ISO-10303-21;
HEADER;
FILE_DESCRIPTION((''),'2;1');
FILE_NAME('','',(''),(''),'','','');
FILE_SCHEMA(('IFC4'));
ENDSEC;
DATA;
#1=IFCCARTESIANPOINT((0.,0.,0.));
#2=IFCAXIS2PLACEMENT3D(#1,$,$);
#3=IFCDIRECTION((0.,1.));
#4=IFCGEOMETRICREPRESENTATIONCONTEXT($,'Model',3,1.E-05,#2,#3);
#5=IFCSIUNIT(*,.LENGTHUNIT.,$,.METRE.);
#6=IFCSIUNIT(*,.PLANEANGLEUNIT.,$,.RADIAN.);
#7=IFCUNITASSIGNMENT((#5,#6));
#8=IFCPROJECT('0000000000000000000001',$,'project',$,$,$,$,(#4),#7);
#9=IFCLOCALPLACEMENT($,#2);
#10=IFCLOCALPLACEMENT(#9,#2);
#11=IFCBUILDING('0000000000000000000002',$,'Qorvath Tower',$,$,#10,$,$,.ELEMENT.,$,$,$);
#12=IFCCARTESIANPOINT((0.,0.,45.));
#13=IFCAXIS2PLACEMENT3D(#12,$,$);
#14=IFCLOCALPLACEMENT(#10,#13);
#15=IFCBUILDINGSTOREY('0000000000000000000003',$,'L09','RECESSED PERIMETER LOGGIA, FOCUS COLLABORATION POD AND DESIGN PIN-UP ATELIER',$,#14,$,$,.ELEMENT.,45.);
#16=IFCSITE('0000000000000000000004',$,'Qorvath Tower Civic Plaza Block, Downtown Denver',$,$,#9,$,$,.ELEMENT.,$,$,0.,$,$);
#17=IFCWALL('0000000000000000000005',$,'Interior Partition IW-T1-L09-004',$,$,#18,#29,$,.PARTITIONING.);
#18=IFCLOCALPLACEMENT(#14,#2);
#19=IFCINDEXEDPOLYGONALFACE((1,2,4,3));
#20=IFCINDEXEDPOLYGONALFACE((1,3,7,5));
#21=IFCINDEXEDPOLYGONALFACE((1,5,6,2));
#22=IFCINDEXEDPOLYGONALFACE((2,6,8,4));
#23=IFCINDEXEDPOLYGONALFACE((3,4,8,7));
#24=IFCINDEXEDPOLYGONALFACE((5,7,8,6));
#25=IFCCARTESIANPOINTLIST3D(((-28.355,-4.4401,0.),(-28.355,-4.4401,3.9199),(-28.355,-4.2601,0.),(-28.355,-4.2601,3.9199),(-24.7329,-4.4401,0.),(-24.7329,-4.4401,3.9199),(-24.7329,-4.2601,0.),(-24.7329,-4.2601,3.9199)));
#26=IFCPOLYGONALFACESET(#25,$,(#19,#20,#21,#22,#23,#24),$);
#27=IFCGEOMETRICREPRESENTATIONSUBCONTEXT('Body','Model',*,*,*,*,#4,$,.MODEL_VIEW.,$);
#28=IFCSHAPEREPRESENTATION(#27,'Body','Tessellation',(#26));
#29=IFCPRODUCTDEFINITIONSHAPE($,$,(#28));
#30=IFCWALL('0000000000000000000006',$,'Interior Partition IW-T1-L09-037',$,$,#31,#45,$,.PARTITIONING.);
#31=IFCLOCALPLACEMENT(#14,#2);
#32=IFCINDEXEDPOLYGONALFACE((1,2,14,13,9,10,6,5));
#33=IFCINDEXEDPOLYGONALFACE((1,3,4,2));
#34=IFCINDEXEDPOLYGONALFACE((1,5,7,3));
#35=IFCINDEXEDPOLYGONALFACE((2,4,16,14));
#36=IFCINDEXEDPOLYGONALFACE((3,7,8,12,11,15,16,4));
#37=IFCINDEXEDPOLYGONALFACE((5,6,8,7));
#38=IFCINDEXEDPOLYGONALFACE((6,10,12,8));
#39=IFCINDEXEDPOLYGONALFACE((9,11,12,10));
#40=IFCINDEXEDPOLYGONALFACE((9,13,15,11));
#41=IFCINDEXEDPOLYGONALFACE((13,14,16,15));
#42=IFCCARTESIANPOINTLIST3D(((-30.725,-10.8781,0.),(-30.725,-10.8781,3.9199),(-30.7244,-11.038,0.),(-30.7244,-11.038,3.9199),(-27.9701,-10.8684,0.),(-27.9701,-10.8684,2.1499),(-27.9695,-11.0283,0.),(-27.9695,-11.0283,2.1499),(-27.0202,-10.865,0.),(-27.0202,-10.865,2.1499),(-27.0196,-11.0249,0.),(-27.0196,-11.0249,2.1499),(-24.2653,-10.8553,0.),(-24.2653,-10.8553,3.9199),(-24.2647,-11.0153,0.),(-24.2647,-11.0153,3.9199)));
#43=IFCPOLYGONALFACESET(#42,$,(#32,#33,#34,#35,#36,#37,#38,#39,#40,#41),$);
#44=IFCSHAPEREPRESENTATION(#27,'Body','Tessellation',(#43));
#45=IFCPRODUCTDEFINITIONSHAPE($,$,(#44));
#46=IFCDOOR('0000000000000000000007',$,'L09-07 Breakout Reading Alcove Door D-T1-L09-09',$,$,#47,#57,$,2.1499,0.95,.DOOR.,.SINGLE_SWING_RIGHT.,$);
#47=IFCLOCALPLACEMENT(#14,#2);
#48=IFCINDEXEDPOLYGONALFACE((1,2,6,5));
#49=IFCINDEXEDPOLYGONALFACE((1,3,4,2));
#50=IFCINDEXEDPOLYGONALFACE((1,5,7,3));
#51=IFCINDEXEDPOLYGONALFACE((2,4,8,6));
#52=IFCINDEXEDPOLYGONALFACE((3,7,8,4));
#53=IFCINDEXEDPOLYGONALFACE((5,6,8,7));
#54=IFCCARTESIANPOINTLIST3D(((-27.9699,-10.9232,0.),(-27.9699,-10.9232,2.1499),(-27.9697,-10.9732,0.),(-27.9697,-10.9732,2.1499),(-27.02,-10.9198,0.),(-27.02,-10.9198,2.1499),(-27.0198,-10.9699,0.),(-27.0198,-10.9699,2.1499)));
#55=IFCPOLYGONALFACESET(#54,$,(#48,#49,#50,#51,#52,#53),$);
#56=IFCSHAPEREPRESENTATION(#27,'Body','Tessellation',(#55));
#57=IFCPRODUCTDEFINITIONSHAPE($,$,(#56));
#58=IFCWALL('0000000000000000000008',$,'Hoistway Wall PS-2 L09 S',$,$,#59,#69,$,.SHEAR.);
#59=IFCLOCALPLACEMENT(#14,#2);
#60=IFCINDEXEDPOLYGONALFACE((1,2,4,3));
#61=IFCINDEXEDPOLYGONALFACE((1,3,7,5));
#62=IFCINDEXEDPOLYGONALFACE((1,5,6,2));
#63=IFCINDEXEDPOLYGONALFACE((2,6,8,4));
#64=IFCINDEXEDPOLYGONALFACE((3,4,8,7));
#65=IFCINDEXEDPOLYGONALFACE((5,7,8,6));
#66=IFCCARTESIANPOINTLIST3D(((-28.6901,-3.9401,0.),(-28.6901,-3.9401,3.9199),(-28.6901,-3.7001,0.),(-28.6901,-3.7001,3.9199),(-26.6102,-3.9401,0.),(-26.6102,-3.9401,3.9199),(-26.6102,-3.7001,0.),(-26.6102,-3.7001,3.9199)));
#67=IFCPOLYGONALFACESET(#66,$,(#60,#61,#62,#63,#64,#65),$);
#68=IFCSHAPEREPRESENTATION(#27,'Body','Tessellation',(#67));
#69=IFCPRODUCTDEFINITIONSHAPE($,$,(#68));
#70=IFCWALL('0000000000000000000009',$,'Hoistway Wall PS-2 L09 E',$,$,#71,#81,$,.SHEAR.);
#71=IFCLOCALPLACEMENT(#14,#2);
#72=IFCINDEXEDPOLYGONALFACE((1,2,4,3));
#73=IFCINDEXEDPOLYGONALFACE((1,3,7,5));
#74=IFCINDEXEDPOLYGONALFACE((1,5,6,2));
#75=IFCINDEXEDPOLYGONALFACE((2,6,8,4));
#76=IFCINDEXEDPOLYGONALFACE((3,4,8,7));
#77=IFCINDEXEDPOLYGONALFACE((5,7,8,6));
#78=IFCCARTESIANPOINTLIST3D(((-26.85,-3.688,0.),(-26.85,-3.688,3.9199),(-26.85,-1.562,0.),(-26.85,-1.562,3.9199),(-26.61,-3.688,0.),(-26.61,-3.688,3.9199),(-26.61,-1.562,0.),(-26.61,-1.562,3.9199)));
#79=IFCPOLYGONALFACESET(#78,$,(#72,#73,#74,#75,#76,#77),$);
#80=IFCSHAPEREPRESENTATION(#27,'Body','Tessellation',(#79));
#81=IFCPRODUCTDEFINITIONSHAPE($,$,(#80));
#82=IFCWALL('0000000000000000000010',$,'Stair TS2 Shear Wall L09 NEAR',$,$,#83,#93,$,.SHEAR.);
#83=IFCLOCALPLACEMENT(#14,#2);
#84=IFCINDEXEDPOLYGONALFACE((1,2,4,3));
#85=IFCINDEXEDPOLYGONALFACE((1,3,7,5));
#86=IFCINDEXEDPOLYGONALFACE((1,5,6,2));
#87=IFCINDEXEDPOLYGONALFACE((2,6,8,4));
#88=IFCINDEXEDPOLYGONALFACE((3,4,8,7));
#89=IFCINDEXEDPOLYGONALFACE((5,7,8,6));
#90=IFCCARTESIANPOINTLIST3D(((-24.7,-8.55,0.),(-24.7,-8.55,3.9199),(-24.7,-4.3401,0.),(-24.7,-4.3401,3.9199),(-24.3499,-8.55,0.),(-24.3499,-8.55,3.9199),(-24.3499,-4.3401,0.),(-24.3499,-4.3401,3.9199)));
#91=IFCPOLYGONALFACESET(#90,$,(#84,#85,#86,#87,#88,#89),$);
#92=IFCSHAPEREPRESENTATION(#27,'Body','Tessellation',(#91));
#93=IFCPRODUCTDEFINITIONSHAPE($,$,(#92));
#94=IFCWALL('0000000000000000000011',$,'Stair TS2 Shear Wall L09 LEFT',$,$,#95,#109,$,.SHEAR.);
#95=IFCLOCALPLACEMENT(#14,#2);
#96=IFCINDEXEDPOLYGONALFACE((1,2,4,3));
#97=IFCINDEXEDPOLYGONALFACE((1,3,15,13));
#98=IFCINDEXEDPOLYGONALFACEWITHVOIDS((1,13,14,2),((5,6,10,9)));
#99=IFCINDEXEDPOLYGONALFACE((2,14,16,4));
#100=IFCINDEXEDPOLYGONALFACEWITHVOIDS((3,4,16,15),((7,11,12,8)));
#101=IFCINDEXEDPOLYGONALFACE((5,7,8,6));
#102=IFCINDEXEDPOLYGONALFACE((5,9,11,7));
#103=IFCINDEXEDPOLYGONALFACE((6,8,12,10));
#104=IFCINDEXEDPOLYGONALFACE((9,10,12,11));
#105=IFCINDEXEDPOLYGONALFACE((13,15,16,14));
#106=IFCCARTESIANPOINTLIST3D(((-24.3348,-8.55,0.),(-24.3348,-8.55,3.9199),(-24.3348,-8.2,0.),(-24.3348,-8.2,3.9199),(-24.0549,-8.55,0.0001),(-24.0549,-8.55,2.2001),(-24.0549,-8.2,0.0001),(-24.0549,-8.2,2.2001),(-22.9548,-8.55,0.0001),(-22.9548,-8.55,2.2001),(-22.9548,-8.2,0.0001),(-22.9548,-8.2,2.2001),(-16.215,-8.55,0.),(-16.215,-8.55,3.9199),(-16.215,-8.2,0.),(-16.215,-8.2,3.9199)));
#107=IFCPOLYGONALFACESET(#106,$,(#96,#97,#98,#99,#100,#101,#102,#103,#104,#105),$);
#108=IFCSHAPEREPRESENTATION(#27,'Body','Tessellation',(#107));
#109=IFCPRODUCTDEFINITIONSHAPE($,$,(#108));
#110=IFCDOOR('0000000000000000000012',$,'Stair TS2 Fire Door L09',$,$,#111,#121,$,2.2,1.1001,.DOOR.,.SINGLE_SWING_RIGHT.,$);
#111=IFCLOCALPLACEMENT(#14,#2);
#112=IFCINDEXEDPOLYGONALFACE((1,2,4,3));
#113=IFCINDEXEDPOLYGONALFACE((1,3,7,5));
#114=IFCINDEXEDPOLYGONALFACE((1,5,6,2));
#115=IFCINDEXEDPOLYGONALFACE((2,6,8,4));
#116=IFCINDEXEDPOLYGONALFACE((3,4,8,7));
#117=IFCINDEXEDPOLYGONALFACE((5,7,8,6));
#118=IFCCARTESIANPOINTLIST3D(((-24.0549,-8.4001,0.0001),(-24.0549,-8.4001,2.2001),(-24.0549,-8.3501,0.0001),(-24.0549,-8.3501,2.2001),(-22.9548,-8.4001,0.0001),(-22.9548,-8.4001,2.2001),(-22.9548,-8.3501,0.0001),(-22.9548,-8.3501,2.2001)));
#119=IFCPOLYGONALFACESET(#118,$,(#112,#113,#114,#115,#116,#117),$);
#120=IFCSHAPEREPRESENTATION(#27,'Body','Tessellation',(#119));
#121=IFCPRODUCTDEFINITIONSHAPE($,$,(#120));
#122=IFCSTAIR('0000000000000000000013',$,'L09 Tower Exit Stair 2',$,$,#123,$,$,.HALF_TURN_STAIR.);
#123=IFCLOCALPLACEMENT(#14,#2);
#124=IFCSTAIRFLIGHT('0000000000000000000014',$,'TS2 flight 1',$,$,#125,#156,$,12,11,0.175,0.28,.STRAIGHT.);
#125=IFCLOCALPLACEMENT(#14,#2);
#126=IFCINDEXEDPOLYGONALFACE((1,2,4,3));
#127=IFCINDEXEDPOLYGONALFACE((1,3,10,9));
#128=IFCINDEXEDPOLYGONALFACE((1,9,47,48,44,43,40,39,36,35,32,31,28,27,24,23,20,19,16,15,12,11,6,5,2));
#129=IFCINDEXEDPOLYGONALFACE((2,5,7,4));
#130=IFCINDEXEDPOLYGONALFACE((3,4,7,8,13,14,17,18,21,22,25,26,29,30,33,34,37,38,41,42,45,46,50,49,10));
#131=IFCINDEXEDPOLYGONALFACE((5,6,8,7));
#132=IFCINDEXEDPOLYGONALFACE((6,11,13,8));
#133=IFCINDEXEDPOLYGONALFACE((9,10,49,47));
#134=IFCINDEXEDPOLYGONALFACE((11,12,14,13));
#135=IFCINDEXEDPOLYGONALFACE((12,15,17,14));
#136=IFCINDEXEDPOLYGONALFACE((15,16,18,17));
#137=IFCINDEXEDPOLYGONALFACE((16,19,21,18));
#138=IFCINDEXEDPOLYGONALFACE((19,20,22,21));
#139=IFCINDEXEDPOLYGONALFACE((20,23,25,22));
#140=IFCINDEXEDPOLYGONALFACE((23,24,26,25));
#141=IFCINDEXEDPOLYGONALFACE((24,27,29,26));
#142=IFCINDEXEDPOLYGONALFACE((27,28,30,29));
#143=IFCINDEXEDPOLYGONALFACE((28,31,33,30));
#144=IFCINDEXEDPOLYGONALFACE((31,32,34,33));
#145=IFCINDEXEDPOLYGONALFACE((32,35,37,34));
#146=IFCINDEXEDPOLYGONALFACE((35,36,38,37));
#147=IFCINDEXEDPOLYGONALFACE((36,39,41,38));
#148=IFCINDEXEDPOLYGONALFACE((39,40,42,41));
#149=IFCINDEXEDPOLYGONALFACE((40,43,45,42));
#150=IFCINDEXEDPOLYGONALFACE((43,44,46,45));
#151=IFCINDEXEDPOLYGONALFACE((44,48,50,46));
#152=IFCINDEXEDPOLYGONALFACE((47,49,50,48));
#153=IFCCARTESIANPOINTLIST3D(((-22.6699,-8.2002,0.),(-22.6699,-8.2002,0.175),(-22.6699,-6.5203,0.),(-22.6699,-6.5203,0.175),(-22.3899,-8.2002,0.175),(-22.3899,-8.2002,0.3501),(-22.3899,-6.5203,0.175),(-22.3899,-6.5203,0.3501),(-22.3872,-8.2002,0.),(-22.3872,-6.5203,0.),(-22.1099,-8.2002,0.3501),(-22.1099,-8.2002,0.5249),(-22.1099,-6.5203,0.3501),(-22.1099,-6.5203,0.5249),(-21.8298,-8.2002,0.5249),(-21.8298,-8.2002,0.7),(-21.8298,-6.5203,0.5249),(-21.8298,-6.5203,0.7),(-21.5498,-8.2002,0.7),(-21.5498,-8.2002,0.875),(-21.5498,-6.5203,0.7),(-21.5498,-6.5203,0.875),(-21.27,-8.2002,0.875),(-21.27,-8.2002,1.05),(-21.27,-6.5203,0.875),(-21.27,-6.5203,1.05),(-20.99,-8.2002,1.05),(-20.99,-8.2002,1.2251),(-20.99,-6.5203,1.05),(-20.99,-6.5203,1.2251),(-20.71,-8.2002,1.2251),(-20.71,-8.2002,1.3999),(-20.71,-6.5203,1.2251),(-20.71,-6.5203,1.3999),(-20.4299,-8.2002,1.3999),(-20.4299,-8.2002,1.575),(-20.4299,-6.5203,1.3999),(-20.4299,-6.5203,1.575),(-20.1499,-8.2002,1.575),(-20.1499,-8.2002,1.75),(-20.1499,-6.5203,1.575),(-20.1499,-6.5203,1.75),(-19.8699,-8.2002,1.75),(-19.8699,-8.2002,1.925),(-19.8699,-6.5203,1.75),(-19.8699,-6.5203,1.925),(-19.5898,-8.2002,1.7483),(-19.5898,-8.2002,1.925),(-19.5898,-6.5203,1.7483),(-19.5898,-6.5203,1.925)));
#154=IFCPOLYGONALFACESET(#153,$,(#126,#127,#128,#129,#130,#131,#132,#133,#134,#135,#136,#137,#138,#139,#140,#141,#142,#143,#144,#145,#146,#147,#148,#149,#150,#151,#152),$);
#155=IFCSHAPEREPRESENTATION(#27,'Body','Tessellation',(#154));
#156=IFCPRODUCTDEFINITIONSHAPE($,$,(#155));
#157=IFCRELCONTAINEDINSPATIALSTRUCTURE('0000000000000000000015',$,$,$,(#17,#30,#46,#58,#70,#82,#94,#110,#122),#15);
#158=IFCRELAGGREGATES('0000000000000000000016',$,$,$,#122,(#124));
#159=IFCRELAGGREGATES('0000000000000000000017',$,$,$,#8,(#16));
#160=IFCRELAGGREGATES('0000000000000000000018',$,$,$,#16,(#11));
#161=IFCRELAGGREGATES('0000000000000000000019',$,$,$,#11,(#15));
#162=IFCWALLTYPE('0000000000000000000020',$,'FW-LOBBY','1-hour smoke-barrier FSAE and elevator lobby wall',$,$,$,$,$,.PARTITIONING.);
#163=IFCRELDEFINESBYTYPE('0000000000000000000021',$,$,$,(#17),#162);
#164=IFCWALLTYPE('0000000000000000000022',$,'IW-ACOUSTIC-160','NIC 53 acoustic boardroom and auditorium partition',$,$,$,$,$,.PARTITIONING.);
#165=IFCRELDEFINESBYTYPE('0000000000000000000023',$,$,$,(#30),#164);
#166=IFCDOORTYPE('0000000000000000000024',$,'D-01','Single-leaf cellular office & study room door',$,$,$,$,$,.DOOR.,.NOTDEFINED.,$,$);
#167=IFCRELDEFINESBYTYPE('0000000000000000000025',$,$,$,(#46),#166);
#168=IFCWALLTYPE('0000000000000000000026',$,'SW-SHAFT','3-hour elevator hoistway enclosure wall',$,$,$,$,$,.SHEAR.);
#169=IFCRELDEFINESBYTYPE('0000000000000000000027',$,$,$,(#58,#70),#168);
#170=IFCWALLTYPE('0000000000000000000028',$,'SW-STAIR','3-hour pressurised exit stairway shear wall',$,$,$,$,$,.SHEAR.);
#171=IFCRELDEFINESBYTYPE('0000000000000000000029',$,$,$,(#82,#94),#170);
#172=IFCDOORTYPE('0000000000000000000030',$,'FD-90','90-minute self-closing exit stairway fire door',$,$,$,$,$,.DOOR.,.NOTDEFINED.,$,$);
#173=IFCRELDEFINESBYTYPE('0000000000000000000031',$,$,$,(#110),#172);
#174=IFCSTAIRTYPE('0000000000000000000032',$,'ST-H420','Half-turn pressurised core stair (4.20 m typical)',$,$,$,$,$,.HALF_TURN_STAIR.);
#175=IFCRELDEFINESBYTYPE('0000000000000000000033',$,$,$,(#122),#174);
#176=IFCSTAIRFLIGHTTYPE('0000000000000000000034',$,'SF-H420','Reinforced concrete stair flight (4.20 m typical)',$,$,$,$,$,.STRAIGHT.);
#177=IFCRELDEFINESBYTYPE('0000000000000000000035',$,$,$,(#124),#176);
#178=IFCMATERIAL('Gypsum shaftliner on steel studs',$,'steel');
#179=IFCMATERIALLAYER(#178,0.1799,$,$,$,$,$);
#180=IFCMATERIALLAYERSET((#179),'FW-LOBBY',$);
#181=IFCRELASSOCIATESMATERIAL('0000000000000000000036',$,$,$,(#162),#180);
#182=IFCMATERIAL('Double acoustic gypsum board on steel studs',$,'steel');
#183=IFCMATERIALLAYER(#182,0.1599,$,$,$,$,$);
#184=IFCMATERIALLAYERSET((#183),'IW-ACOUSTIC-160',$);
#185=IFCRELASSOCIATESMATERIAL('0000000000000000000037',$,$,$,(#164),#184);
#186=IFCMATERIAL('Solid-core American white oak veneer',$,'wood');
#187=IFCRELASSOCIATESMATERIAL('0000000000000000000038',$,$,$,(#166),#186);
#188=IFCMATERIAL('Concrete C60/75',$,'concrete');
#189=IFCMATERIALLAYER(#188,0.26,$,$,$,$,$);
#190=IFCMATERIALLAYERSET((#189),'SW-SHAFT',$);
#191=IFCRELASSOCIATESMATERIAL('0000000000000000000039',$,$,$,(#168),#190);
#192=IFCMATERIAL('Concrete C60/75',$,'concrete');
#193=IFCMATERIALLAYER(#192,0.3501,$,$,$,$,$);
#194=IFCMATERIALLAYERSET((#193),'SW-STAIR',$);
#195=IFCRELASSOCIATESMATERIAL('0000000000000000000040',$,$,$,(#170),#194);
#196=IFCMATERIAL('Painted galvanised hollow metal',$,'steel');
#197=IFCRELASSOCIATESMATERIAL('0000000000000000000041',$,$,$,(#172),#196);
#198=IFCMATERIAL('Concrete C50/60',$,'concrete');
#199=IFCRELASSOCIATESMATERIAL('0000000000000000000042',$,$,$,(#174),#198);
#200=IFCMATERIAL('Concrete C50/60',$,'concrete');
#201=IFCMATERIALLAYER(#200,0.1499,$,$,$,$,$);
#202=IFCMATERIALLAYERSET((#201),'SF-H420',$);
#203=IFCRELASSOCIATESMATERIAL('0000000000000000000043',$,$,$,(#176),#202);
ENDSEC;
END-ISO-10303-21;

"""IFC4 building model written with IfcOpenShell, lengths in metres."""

from ifc_helpers import new_model, si_unit, direction, frame, frame_2d, origin, place, context, subcontext, project, spatial, polyline, rectangle, outline, extrude, material, layer, layer_set, type_object, element, fill, aggregate, save


model = new_model("IFC4")

# Units and contexts
model_context = context("Model", 3, precision=1e-05, world=origin(), true_north=direction((0.0, 1.0)))
body_context = subcontext(model_context, "Body", "Model", "MODEL_VIEW")
ifc_project = project(units=[si_unit("LENGTHUNIT", "METRE"), si_unit("PLANEANGLEUNIT", "RADIAN")], contexts=[model_context])

# Site, building, storey
site_placement = place(None, origin())
site = spatial("IfcSite", under=ifc_project, at=site_placement, Name="Qorvath Tower Civic Plaza Block, Downtown Denver", CompositionType="ELEMENT", RefElevation=0.0)
building_placement = place(site_placement, origin())
building = spatial("IfcBuilding", under=site, at=building_placement, Name="Qorvath Tower", CompositionType="ELEMENT")
storey_placement = place(building_placement, frame((0.0, 0.0, 45.0)))
storey = spatial("IfcBuildingStorey", under=building, at=storey_placement, Name="L09", Description="RECESSED PERIMETER LOGGIA, FOCUS COLLABORATION POD AND DESIGN PIN-UP ATELIER", CompositionType="ELEMENT", Elevation=45.0)

# Wall
ifc_material_1 = material(Name="Gypsum shaftliner on steel studs", Category="steel")
ifc_layer_1 = layer(ifc_material_1, 0.1799)
ifc_layer_set_1 = layer_set([ifc_layer_1], Name="FW-LOBBY")
wall_type_1 = type_object("IfcWallType", Name="FW-LOBBY", Description="1-hour smoke-barrier FSAE and elevator lobby wall", PredefinedType="PARTITIONING", material=ifc_layer_set_1)
wall_1_placement = place(storey_placement, frame((-24.7329, -4.3501, 0.0), z_axis=(0.0, 0.0, 1.0), x_axis=(-1.0, 0.0, 0.0)))
element("IfcWall", 1, at=wall_1_placement, inside=storey, type_object=wall_type_1, Name="Interior Partition IW-T1-L09-004", PredefinedType="PARTITIONING", context=body_context, shape_type="SweptSolid", body=[
    extrude(rectangle(XDim=3.6221, YDim=0.1799, at=frame_2d((1.811, 0.0))), origin(), (0.0, 0.0, 1.0), 3.9199),
])

# Wall, opening, door
ifc_material_2 = material(Name="Double acoustic gypsum board on steel studs", Category="steel")
ifc_layer_2 = layer(ifc_material_2, 0.1599)
ifc_layer_set_2 = layer_set([ifc_layer_2], Name="IW-ACOUSTIC-160")
wall_type_2 = type_object("IfcWallType", Name="IW-ACOUSTIC-160", Description="NIC 53 acoustic boardroom and auditorium partition", PredefinedType="PARTITIONING", material=ifc_layer_set_2)
wall_2_placement = place(storey_placement, frame((-24.2649, -10.9353, 0.0), z_axis=(0.0, 0.0, 1.0), x_axis=(-0.999994, -0.003515, 0.0)))
wall_2 = element("IfcWall", 2, at=wall_2_placement, inside=storey, type_object=wall_type_2, Name="Interior Partition IW-T1-L09-037", PredefinedType="PARTITIONING", context=body_context, shape_type="SweptSolid", body=[
    extrude(rectangle(XDim=6.4597, YDim=0.1599, at=frame_2d((3.23, 0.0))), origin(), (0.0, 0.0, 1.0), 3.9199),
])
opening_1_placement = place(wall_2_placement, frame((2.7549, 0.0, 0.0)))
opening_1 = element("IfcOpeningElement", 3, at=opening_1_placement, cuts=wall_2, PredefinedType="OPENING", context=body_context, shape_type="SweptSolid", body=[
    extrude(rectangle(XDim=0.95, YDim=2.1499, at=frame_2d((0.4751, 1.075))), frame((0.0, 0.0898, 0.0), z_axis=(0.0, -1.0, 0.0), x_axis=(1.0, 0.0, 0.0)), (0.0, 0.0, 1.0), 0.1799),
])
ifc_material_3 = material(Name="Solid-core American white oak veneer", Category="wood")
door_type_1 = type_object("IfcDoorType", Name="D-01", Description="Single-leaf cellular office & study room door", OperationType="NOTDEFINED", PredefinedType="DOOR", material=ifc_material_3)
door_1_placement = place(opening_1_placement, origin())
door_1 = element("IfcDoor", 4, at=door_1_placement, inside=storey, type_object=door_type_1, Name="L09-07 Breakout Reading Alcove Door D-T1-L09-09", OperationType="SINGLE_SWING_RIGHT", OverallHeight=2.1499, OverallWidth=0.95, PredefinedType="DOOR", context=body_context, shape_type="SweptSolid", body=[
    extrude(rectangle(XDim=0.95, YDim=2.1499, at=frame_2d((0.4751, 1.075))), frame((0.0, 0.0249, 0.0), z_axis=(0.0, -1.0, 0.0), x_axis=(1.0, 0.0, 0.0)), (0.0, 0.0, 1.0), 0.05),
])
fill(opening_1, door_1)

# Walls
ifc_material_4 = material(Name="Concrete C60/75", Category="concrete")
ifc_layer_3 = layer(ifc_material_4, 0.26)
ifc_layer_set_3 = layer_set([ifc_layer_3], Name="SW-SHAFT")
wall_type_3 = type_object("IfcWallType", Name="SW-SHAFT", Description="3-hour elevator hoistway enclosure wall", PredefinedType="SHEAR", material=ifc_layer_set_3)
wall_3_placement = place(storey_placement, frame((-26.6101, -3.8201, 0.0), z_axis=(0.0, 0.0, 1.0), x_axis=(-1.0, 0.0, 0.0)))
element("IfcWall", 5, at=wall_3_placement, inside=storey, type_object=wall_type_3, Name="Hoistway Wall PS-2 L09 S", PredefinedType="SHEAR", context=body_context, shape_type="SweptSolid", body=[
    extrude(rectangle(XDim=2.0798, YDim=0.24, at=frame_2d((1.04, 0.0))), origin(), (0.0, 0.0, 1.0), 3.9199),
])
wall_4_placement = place(storey_placement, frame((-26.73, -1.562, 0.0), z_axis=(0.0, 0.0, 1.0), x_axis=(0.0, -1.0, 0.0)))
element("IfcWall", 6, at=wall_4_placement, inside=storey, type_object=wall_type_3, Name="Hoistway Wall PS-2 L09 E", PredefinedType="SHEAR", context=body_context, shape_type="SweptSolid", body=[
    extrude(rectangle(XDim=2.126, YDim=0.24, at=frame_2d((1.063, 0.0))), origin(), (0.0, 0.0, 1.0), 3.9199),
])
ifc_material_5 = material(Name="Concrete C60/75", Category="concrete")
ifc_layer_4 = layer(ifc_material_5, 0.3501)
ifc_layer_set_4 = layer_set([ifc_layer_4], Name="SW-STAIR")
wall_type_4 = type_object("IfcWallType", Name="SW-STAIR", Description="3-hour pressurised exit stairway shear wall", PredefinedType="SHEAR", material=ifc_layer_set_4)
wall_5_placement = place(storey_placement, frame((-24.5249, -4.3401, 0.0), z_axis=(0.0, 0.0, 1.0), x_axis=(0.0, -1.0, 0.0)))
element("IfcWall", 7, at=wall_5_placement, inside=storey, type_object=wall_type_4, Name="Stair TS2 Shear Wall L09 NEAR", PredefinedType="SHEAR", context=body_context, shape_type="SweptSolid", body=[
    extrude(rectangle(XDim=4.21, YDim=0.3501, at=frame_2d((2.105, 0.0))), origin(), (0.0, 0.0, 1.0), 3.9199),
])

# Wall, opening, door
wall_6_placement = place(storey_placement, frame((-24.335, -8.375, 0.0), z_axis=(0.0, 0.0, 1.0), x_axis=(1.0, 0.0, 0.0)))
wall_6 = element("IfcWall", 8, at=wall_6_placement, inside=storey, type_object=wall_type_4, Name="Stair TS2 Shear Wall L09 LEFT", PredefinedType="SHEAR", context=body_context, shape_type="SweptSolid", body=[
    extrude(rectangle(XDim=8.1199, YDim=0.3501, at=frame_2d((4.0601, 0.0))), origin(), (0.0, 0.0, 1.0), 3.9199),
])
opening_2_placement = place(wall_6_placement, frame((0.28, 0.0, 0.0)))
opening_2 = element("IfcOpeningElement", 9, at=opening_2_placement, cuts=wall_6, PredefinedType="OPENING", context=body_context, shape_type="SweptSolid", body=[
    extrude(rectangle(XDim=1.1001, YDim=2.2, at=frame_2d((0.55, 1.1001))), frame((0.0, 0.1851, 0.0), z_axis=(0.0, -1.0, 0.0), x_axis=(1.0, 0.0, 0.0)), (0.0, 0.0, 1.0), 0.3701),
])
ifc_material_6 = material(Name="Painted galvanised hollow metal", Category="steel")
door_type_2 = type_object("IfcDoorType", Name="FD-90", Description="90-minute self-closing exit stairway fire door", OperationType="NOTDEFINED", PredefinedType="DOOR", material=ifc_material_6)
door_2_placement = place(opening_2_placement, origin())
door_2 = element("IfcDoor", 10, at=door_2_placement, inside=storey, type_object=door_type_2, Name="Stair TS2 Fire Door L09", OperationType="SINGLE_SWING_RIGHT", OverallHeight=2.2, OverallWidth=1.1001, PredefinedType="DOOR", context=body_context, shape_type="SweptSolid", body=[
    extrude(rectangle(XDim=1.1001, YDim=2.2, at=frame_2d((0.55, 1.1001))), frame((0.0, 0.0249, 0.0), z_axis=(0.0, -1.0, 0.0), x_axis=(1.0, 0.0, 0.0)), (0.0, 0.0, 1.0), 0.05),
])
fill(opening_2, door_2)

# Stair, stair flight
ifc_material_7 = material(Name="Concrete C50/60", Category="concrete")
stair_type = type_object("IfcStairType", Name="ST-H420", Description="Half-turn pressurised core stair (4.20 m typical)", PredefinedType="HALF_TURN_STAIR", material=ifc_material_7)
stair_placement = place(storey_placement, origin())
stair = element("IfcStair", 11, at=stair_placement, inside=storey, type_object=stair_type, Name="L09 Tower Exit Stair 2", PredefinedType="HALF_TURN_STAIR")
ifc_material_8 = material(Name="Concrete C50/60", Category="concrete")
ifc_layer_5 = layer(ifc_material_8, 0.1499)
ifc_layer_set_5 = layer_set([ifc_layer_5], Name="SF-H420")
stair_flight_type = type_object("IfcStairFlightType", Name="SF-H420", Description="Reinforced concrete stair flight (4.20 m typical)", PredefinedType="STRAIGHT", material=ifc_layer_set_5)
stair_flight_1_placement = place(storey_placement, frame((-22.6699, -7.3601, 0.0), z_axis=(0.0, 0.0, 1.0), x_axis=(1.0, 0.0, 0.0)))
stair_flight_1 = element("IfcStairFlight", 12, at=stair_flight_1_placement, type_object=stair_flight_type, Name="TS2 flight 1", NumberOfRisers=12, NumberOfTreads=11, PredefinedType="STRAIGHT", RiserHeight=0.175, TreadLength=0.28, context=body_context, shape_type="SweptSolid", body=[
    extrude(outline(polyline([(0.0, 0.0), (0.0, 0.175), (0.28, 0.175), (0.28, 0.3501), (0.5601, 0.3501), (0.5601, 0.5249), (0.8401, 0.5249), (0.8401, 0.7), (1.1201, 0.7), (1.1201, 0.875), (1.3999, 0.875), (1.3999, 1.05), (1.6799, 1.05), (1.6799, 1.2251), (1.96, 1.2251), (1.96, 1.3999), (2.24, 1.3999), (2.24, 1.575), (2.52, 1.575), (2.52, 1.75), (2.8, 1.75), (2.8, 1.925), (3.0801, 1.925), (3.0801, 2.1001), (3.0801, 1.7483), (0.2827, 0.0), (0.0, 0.0)])), frame((0.0, 0.8398, 0.0), z_axis=(0.0, -1.0, 0.0), x_axis=(1.0, 0.0, 0.0)), (0.0, 0.0, 1.0), 1.6799),
])
aggregate(stair, [stair_flight_1])

save(model, "model.ifc")
